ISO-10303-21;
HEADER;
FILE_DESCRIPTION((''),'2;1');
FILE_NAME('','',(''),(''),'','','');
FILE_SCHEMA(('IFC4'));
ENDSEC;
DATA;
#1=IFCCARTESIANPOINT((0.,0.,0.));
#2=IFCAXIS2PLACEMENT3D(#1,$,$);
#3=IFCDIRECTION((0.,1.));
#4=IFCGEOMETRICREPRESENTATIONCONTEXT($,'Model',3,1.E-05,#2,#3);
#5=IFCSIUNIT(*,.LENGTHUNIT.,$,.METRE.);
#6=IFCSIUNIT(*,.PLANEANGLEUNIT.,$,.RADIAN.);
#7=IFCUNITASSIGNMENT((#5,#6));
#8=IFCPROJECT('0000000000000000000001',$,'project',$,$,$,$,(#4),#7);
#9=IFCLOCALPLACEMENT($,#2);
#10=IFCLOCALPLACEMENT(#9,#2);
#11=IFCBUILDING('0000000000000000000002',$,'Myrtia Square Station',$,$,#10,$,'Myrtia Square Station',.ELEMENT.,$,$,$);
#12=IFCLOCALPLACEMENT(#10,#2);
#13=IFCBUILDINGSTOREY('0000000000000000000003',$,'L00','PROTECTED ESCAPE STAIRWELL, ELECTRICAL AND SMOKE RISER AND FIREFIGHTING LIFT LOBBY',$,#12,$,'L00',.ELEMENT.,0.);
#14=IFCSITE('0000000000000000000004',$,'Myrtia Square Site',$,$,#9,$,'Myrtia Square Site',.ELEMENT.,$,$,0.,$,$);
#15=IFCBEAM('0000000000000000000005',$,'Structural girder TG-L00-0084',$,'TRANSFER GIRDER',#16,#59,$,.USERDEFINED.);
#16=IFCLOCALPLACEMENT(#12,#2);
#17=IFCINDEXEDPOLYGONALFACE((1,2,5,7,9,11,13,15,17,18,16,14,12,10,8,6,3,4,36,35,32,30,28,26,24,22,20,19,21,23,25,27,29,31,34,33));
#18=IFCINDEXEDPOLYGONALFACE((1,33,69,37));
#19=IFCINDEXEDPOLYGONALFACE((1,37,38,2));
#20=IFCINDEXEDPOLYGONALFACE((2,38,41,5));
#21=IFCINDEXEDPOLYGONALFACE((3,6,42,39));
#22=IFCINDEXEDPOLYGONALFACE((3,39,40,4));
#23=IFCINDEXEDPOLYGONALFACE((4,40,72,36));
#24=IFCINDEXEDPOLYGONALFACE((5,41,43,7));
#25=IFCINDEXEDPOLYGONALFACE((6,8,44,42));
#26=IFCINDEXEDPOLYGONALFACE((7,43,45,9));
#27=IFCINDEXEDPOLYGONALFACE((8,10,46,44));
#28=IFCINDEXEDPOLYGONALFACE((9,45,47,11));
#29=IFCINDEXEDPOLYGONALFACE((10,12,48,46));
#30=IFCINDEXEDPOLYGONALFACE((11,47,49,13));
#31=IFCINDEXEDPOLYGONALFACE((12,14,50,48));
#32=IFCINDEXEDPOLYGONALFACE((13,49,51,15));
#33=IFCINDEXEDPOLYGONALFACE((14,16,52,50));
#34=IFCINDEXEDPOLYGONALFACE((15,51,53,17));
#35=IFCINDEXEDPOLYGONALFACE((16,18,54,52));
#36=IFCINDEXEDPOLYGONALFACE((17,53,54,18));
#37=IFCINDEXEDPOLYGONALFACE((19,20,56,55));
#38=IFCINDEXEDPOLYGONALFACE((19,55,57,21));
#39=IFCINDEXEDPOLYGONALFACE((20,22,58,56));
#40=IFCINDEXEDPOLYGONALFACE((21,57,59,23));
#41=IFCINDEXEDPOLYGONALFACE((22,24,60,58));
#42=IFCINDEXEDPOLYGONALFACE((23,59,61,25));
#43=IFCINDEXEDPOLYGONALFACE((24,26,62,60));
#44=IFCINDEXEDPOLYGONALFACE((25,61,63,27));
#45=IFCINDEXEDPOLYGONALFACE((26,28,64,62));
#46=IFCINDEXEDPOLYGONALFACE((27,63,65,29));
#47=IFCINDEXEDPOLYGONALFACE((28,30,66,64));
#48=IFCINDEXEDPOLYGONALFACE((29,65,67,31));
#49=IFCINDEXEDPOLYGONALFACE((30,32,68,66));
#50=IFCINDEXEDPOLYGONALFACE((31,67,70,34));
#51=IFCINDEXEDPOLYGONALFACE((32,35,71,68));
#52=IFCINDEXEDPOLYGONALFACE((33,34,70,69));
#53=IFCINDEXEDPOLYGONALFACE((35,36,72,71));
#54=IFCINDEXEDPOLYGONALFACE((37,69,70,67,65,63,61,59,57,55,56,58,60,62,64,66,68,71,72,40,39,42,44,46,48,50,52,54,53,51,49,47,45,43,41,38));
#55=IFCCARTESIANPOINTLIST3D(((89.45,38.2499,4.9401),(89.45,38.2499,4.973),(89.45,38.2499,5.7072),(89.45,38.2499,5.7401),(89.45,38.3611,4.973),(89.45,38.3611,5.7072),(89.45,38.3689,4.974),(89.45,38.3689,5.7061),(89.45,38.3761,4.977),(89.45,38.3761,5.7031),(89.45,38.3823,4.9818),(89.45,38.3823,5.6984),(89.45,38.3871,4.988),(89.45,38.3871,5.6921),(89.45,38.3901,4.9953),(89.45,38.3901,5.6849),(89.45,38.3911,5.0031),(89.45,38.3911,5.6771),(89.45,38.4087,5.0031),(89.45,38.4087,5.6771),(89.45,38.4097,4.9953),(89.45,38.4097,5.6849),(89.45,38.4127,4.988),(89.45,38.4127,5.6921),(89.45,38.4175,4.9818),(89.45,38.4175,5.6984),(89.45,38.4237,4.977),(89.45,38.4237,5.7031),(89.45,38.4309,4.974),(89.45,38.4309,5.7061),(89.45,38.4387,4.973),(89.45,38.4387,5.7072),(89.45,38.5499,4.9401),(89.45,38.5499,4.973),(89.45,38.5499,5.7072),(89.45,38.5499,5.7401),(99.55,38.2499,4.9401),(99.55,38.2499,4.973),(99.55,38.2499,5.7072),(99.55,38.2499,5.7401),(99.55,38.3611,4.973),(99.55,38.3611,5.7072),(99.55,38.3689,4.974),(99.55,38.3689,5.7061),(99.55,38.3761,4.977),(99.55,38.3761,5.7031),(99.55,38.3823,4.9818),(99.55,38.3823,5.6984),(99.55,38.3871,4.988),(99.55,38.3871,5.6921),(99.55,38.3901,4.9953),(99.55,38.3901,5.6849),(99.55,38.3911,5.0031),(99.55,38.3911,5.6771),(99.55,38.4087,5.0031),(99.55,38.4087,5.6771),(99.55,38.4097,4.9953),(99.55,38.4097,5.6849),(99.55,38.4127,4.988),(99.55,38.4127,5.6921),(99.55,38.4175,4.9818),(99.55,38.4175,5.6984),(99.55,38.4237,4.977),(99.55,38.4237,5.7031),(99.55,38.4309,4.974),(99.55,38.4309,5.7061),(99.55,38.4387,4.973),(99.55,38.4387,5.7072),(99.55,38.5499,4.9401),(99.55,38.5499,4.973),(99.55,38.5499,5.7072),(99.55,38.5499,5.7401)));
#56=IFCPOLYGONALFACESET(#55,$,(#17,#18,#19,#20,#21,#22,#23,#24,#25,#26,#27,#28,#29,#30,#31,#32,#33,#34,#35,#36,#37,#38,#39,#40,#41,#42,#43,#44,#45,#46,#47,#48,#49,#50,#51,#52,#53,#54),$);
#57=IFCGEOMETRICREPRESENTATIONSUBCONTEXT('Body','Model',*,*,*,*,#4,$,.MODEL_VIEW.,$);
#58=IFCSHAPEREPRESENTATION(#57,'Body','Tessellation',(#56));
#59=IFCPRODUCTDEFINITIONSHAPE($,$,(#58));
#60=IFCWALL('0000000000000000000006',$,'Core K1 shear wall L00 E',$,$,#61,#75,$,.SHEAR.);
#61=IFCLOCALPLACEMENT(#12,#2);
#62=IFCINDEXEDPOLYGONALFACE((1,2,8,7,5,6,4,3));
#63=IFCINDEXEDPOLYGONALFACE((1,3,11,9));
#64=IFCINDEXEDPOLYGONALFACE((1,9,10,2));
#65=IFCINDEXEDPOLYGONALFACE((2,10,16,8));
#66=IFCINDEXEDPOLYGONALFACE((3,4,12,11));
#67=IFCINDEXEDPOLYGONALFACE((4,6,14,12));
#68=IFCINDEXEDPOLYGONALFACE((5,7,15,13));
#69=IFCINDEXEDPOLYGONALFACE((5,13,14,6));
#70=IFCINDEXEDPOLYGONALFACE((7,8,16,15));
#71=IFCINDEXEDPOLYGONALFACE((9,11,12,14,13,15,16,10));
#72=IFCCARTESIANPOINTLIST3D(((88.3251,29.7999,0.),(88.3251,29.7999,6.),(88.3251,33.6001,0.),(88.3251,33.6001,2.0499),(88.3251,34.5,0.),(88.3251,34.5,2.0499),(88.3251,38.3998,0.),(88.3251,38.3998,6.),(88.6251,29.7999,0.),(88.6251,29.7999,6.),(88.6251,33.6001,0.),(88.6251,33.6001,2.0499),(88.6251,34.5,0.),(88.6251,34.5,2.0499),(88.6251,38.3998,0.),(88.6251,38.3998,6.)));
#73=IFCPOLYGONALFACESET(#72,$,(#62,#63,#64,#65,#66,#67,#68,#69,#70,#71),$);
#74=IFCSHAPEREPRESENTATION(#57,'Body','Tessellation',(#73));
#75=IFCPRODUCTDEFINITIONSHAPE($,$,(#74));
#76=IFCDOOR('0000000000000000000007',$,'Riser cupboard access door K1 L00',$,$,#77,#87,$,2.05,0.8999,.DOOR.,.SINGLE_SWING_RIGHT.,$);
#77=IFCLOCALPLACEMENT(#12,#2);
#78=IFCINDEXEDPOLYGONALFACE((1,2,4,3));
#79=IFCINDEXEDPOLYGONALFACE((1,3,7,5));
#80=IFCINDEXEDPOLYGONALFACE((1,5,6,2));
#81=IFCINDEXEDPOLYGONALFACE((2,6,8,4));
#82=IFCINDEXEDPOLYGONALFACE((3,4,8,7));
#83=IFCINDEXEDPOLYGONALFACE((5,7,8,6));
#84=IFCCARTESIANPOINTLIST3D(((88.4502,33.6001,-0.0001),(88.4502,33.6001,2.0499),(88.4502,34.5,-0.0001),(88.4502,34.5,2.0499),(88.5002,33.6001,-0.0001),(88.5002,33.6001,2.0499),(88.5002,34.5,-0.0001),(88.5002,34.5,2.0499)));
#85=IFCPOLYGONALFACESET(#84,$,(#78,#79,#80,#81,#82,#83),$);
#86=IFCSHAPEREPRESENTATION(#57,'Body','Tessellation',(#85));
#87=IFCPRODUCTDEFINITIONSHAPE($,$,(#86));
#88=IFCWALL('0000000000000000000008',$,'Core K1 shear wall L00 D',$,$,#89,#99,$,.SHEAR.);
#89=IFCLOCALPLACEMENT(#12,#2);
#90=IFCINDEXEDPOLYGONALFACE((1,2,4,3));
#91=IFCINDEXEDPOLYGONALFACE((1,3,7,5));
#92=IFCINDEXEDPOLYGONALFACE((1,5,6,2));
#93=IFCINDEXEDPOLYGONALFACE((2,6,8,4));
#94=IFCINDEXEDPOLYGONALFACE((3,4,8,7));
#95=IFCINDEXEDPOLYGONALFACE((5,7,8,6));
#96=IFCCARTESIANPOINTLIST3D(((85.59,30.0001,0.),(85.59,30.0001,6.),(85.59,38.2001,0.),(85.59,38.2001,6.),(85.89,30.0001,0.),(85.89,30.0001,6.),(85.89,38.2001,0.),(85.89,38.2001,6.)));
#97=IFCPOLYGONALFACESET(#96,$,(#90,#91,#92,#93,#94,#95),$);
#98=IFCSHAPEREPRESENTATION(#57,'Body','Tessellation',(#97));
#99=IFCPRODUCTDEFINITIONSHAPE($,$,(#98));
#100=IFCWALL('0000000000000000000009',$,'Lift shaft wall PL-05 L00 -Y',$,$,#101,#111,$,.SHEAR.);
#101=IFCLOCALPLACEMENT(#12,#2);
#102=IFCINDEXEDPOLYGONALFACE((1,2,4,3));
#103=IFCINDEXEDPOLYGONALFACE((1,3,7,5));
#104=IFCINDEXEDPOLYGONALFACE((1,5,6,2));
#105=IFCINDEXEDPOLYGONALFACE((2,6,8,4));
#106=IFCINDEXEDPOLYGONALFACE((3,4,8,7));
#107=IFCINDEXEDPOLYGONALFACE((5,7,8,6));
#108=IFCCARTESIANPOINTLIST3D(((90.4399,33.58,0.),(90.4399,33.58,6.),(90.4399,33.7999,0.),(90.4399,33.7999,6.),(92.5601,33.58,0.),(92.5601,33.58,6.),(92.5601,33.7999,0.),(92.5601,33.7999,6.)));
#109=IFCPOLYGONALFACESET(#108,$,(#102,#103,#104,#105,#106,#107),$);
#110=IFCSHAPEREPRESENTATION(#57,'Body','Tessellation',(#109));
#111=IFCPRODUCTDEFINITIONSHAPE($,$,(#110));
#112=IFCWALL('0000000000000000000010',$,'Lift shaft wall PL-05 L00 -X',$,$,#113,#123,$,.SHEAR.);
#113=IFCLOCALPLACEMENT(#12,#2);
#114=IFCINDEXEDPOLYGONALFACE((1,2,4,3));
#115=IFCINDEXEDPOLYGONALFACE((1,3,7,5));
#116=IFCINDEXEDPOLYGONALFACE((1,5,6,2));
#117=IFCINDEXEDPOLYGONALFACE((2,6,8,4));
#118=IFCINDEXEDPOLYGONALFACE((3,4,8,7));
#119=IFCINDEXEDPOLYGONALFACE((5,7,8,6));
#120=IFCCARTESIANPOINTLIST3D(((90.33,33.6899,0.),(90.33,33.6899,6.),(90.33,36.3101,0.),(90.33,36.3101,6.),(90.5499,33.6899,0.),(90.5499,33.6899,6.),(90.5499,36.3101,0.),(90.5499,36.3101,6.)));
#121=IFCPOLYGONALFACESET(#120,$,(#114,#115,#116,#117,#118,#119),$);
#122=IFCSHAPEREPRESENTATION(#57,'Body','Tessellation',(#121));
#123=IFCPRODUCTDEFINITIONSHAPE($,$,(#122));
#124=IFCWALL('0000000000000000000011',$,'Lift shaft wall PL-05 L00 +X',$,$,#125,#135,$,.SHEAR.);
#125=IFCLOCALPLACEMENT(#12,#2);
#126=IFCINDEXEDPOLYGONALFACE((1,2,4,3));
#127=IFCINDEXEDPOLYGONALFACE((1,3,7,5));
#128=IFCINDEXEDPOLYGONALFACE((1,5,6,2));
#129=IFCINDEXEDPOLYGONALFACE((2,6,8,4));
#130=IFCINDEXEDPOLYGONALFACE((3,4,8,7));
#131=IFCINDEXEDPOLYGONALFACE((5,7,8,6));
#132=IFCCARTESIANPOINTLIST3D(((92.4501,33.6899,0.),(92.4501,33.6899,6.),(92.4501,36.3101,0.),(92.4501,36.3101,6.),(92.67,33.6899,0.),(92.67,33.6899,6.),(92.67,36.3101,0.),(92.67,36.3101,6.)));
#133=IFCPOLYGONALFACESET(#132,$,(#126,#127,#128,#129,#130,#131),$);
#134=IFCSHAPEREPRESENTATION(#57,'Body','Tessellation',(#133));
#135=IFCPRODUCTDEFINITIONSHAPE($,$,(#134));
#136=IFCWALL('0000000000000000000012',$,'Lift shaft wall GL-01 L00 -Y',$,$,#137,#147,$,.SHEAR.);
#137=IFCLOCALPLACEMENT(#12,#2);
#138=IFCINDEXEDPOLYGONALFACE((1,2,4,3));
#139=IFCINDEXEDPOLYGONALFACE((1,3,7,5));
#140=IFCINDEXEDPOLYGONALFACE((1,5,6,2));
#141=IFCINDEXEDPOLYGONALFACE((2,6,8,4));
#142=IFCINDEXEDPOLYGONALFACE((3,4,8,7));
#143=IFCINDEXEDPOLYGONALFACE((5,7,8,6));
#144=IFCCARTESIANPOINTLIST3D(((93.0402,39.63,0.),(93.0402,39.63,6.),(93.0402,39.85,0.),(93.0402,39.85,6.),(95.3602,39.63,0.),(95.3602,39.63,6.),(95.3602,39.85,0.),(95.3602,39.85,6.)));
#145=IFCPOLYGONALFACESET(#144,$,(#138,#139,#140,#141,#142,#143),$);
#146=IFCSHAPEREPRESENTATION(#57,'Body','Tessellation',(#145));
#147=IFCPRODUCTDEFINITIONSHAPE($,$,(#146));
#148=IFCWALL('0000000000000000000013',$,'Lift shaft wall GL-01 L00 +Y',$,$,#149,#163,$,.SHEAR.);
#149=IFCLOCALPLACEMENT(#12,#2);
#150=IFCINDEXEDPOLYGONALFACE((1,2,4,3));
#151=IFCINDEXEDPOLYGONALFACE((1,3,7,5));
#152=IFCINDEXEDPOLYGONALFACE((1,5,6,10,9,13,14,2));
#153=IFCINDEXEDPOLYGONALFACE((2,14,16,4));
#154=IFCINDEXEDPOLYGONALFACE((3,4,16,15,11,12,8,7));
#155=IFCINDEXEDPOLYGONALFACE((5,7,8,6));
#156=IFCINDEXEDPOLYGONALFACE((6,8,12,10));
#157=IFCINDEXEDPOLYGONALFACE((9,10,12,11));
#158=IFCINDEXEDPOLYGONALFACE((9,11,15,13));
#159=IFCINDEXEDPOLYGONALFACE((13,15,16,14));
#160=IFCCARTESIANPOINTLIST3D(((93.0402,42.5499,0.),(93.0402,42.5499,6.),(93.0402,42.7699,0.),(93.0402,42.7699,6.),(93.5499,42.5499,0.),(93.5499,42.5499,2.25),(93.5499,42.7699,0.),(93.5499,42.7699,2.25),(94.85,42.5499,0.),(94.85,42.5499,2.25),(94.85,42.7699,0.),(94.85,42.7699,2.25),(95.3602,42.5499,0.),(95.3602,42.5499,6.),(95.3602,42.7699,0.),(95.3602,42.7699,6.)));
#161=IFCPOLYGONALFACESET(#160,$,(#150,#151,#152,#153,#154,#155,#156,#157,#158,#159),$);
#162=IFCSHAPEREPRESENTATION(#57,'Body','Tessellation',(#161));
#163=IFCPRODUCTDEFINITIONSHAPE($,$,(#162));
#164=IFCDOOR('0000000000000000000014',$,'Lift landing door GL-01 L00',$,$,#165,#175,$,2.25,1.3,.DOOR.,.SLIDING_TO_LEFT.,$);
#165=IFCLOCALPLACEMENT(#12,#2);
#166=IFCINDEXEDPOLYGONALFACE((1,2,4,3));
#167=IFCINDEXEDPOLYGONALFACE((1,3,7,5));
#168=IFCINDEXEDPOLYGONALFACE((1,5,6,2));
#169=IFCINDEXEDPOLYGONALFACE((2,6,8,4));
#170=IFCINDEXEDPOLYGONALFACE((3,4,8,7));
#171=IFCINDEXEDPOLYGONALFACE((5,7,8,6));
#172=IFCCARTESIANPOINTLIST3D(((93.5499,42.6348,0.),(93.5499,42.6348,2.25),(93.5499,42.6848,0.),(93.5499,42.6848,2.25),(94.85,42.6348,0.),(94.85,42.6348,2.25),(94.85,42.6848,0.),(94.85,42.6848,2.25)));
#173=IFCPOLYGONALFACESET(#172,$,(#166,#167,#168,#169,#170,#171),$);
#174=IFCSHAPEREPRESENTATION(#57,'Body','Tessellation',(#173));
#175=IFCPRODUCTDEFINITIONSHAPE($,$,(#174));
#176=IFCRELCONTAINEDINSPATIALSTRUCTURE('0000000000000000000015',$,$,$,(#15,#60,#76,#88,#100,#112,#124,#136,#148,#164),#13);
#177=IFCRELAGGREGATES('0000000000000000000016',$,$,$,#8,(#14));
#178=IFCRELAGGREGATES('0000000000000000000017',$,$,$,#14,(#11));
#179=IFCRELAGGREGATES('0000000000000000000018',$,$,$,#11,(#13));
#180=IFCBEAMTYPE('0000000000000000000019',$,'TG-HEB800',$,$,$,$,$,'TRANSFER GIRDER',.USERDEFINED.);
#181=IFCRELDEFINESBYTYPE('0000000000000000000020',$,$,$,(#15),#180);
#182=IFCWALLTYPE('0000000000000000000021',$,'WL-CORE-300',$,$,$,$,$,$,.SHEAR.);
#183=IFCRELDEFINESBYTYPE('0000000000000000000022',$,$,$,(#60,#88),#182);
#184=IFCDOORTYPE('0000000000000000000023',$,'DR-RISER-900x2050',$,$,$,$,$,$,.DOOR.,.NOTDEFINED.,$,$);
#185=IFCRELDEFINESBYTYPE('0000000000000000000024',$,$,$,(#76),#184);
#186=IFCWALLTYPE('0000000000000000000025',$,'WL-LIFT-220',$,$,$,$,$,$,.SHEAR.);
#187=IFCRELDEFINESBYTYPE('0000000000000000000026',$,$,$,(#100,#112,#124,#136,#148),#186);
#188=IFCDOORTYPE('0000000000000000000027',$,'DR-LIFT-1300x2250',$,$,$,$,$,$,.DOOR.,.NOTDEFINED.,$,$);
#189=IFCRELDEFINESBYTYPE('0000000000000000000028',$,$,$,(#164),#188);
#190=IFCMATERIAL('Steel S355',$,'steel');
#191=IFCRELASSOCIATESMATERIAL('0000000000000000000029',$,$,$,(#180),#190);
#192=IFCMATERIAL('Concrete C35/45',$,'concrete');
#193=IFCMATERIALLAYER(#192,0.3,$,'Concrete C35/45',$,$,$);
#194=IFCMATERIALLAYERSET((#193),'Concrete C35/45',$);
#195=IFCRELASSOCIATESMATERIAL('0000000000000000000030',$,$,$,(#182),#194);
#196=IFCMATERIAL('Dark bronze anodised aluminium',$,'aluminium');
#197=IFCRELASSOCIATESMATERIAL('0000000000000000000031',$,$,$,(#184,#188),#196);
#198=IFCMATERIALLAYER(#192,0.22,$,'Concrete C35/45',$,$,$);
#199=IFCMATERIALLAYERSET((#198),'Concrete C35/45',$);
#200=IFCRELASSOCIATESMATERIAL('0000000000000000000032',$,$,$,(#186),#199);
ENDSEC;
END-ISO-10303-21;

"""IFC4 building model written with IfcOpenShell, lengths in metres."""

from ifc_helpers import new_model, si_unit, direction, frame, frame_2d, origin, origin_2d, place, context, subcontext, project, spatial, rectangle, i_section, extrude, material, layer, layer_set, material_profile, profile_set, type_object, element, fill, save


model = new_model("IFC4")

# Units and contexts
model_context = context("Model", 3, precision=1e-05, world=origin(), true_north=direction((0.0, 1.0)))
body_context = subcontext(model_context, "Body", "Model", "MODEL_VIEW")
ifc_project = project(units=[si_unit("LENGTHUNIT", "METRE"), si_unit("PLANEANGLEUNIT", "RADIAN")], contexts=[model_context])

# Site, building, storey
site_placement = place(None, origin())
site = spatial("IfcSite", under=ifc_project, at=site_placement, Name="Myrtia Square Site", LongName="Myrtia Square Site", CompositionType="ELEMENT", RefElevation=0.0)
building_placement = place(site_placement, origin())
building = spatial("IfcBuilding", under=site, at=building_placement, Name="Myrtia Square Station", LongName="Myrtia Square Station", CompositionType="ELEMENT")
storey_placement = place(building_placement, origin())
storey = spatial("IfcBuildingStorey", under=building, at=storey_placement, Name="L00", Description="PROTECTED ESCAPE STAIRWELL, ELECTRICAL AND SMOKE RISER AND FIREFIGHTING LIFT LOBBY", LongName="L00", CompositionType="ELEMENT", Elevation=0.0)

# Shared definitions
ifc_material_1 = material(Name="Steel S355", Category="steel")

# Beam
ifc_material_profile_1 = material_profile(ifc_material_1, i_section(OverallWidth=0.3, OverallDepth=0.8, WebThickness=0.0176, FlangeThickness=0.033, FilletRadius=0.03, at=origin_2d()), Name="HEB 800")
ifc_profile_set_1 = profile_set([ifc_material_profile_1], Name="Steel S355")
beam_type_1 = type_object("IfcBeamType", Name="TG-HEB800", ElementType="TRANSFER GIRDER", PredefinedType="USERDEFINED", material=ifc_profile_set_1)
beam_1_placement = place(storey_placement, frame((89.45, 38.3999, 5.3401), z_axis=(1.0, 0.0, 0.0), x_axis=(0.0, 1.0, 0.0)))
element("IfcBeam", 1, at=beam_1_placement, inside=storey, type_object=beam_type_1, Name="Structural girder TG-L00-0084", ObjectType="TRANSFER GIRDER", PredefinedType="USERDEFINED", context=body_context, shape_type="SweptSolid", body=[
    extrude(i_section(OverallWidth=0.3, OverallDepth=0.8, WebThickness=0.0176, FlangeThickness=0.033, FilletRadius=0.03, at=origin_2d()), origin(), (0.0, 0.0, 1.0), 10.1001),
])

# Wall, opening, door
ifc_material_2 = material(Name="Concrete C35/45", Category="concrete")
ifc_layer_1 = layer(ifc_material_2, 0.3, Name="Concrete C35/45")
ifc_layer_set_1 = layer_set([ifc_layer_1], Name="Concrete C35/45")
wall_type_1 = type_object("IfcWallType", Name="WL-CORE-300", PredefinedType="SHEAR", material=ifc_layer_set_1)
wall_1_placement = place(storey_placement, frame((88.4751, 29.8, 0.0), z_axis=(0.0, 0.0, 1.0), x_axis=(0.0, 1.0, 0.0)))
wall_1 = element("IfcWall", 2, at=wall_1_placement, inside=storey, type_object=wall_type_1, Name="Core K1 shear wall L00 E", PredefinedType="SHEAR", context=body_context, shape_type="SweptSolid", body=[
    extrude(rectangle(XDim=8.5999, YDim=0.3, at=frame_2d((4.2998, 0.0))), origin(), (0.0, 0.0, 1.0), 6.0),
])
opening_1_placement = place(wall_1_placement, frame((3.8, 0.0, 0.0)))
opening_1 = element("IfcOpeningElement", 3, at=opening_1_placement, cuts=wall_1, PredefinedType="OPENING", context=body_context, shape_type="SweptSolid", body=[
    extrude(rectangle(XDim=0.8999, YDim=2.05, at=frame_2d((0.45, 1.0249))), frame((0.0, 0.165, 0.0), z_axis=(0.0, -1.0, 0.0), x_axis=(1.0, 0.0, 0.0)), (0.0, 0.0, 1.0), 0.3301),
])
ifc_material_3 = material(Name="Dark bronze anodised aluminium", Category="aluminium")
door_type_1 = type_object("IfcDoorType", Name="DR-RISER-900x2050", OperationType="NOTDEFINED", PredefinedType="DOOR", material=ifc_material_3)
door_1_placement = place(opening_1_placement, origin())
door_1 = element("IfcDoor", 4, at=door_1_placement, inside=storey, type_object=door_type_1, Name="Riser cupboard access door K1 L00", OperationType="SINGLE_SWING_RIGHT", OverallHeight=2.05, OverallWidth=0.8999, PredefinedType="DOOR", context=body_context, shape_type="SweptSolid", body=[
    extrude(rectangle(XDim=0.8999, YDim=2.05, at=frame_2d((0.45, 1.0249))), frame((0.0, 0.0249, 0.0), z_axis=(0.0, -1.0, 0.0), x_axis=(1.0, 0.0, 0.0)), (0.0, 0.0, 1.0), 0.05),
])
fill(opening_1, door_1)

# Walls
wall_2_placement = place(storey_placement, frame((85.74, 30.0, 0.0), z_axis=(0.0, 0.0, 1.0), x_axis=(0.0, 1.0, 0.0)))
element("IfcWall", 5, at=wall_2_placement, inside=storey, type_object=wall_type_1, Name="Core K1 shear wall L00 D", PredefinedType="SHEAR", context=body_context, shape_type="SweptSolid", body=[
    extrude(rectangle(XDim=8.2, YDim=0.3, at=frame_2d((4.1001, 0.0))), origin(), (0.0, 0.0, 1.0), 6.0),
])
ifc_layer_2 = layer(ifc_material_2, 0.22, Name="Concrete C35/45")
ifc_layer_set_2 = layer_set([ifc_layer_2], Name="Concrete C35/45")
wall_type_2 = type_object("IfcWallType", Name="WL-LIFT-220", PredefinedType="SHEAR", material=ifc_layer_set_2)
wall_3_placement = place(storey_placement, frame((90.4399, 33.6899, 0.0), z_axis=(0.0, 0.0, 1.0), x_axis=(1.0, 0.0, 0.0)))
element("IfcWall", 6, at=wall_3_placement, inside=storey, type_object=wall_type_2, Name="Lift shaft wall PL-05 L00 -Y", PredefinedType="SHEAR", context=body_context, shape_type="SweptSolid", body=[
    extrude(rectangle(XDim=2.1201, YDim=0.22, at=frame_2d((1.0601, 0.0))), origin(), (0.0, 0.0, 1.0), 6.0),
])

# Walls
for number, where, z_axis, x_axis, name in (
    (7, (90.4399, 33.6899, 0.0), (0.0, 0.0, 1.0), (0.0, 1.0, 0.0), "Lift shaft wall PL-05 L00 -X"),
    (8, (92.5601, 33.6899, 0.0), (0.0, 0.0, 1.0), (0.0, 1.0, 0.0), "Lift shaft wall PL-05 L00 +X"),
):
    element("IfcWall", number, at=place(storey_placement, frame(where, z_axis=z_axis, x_axis=x_axis)), inside=storey, type_object=wall_type_2, Name=name, PredefinedType="SHEAR", context=body_context, shape_type="SweptSolid", body=[
        extrude(rectangle(XDim=2.6201, YDim=0.22, at=frame_2d((1.3101, 0.0))), origin(), (0.0, 0.0, 1.0), 6.0),
    ])
wall_4_placement = place(storey_placement, frame((93.04, 39.74, 0.0), z_axis=(0.0, 0.0, 1.0), x_axis=(1.0, 0.0, 0.0)))
element("IfcWall", 9, at=wall_4_placement, inside=storey, type_object=wall_type_2, Name="Lift shaft wall GL-01 L00 -Y", PredefinedType="SHEAR", context=body_context, shape_type="SweptSolid", body=[
    extrude(rectangle(XDim=2.3201, YDim=0.22, at=frame_2d((1.1602, 0.0))), origin(), (0.0, 0.0, 1.0), 6.0),
])

# Wall, opening, door
wall_5_placement = place(storey_placement, frame((93.04, 42.6599, 0.0), z_axis=(0.0, 0.0, 1.0), x_axis=(1.0, 0.0, 0.0)))
wall_5 = element("IfcWall", 10, at=wall_5_placement, inside=storey, type_object=wall_type_2, Name="Lift shaft wall GL-01 L00 +Y", PredefinedType="SHEAR", context=body_context, shape_type="SweptSolid", body=[
    extrude(rectangle(XDim=2.3201, YDim=0.22, at=frame_2d((1.1602, 0.0))), origin(), (0.0, 0.0, 1.0), 6.0),
])
opening_2_placement = place(wall_5_placement, frame((0.51, 0.0, 0.0)))
opening_2 = element("IfcOpeningElement", 11, at=opening_2_placement, cuts=wall_5, PredefinedType="OPENING", context=body_context, shape_type="SweptSolid", body=[
    extrude(rectangle(XDim=1.3, YDim=2.25, at=frame_2d((0.6499, 1.125))), frame((0.0, 0.125, 0.0), z_axis=(0.0, -1.0, 0.0), x_axis=(1.0, 0.0, 0.0)), (0.0, 0.0, 1.0), 0.25),
])
door_type_2 = type_object("IfcDoorType", Name="DR-LIFT-1300x2250", OperationType="NOTDEFINED", PredefinedType="DOOR", material=ifc_material_3)
door_2_placement = place(opening_2_placement, origin())
door_2 = element("IfcDoor", 12, at=door_2_placement, inside=storey, type_object=door_type_2, Name="Lift landing door GL-01 L00", OperationType="SLIDING_TO_LEFT", OverallHeight=2.25, OverallWidth=1.3, PredefinedType="DOOR", context=body_context, shape_type="SweptSolid", body=[
    extrude(rectangle(XDim=1.3, YDim=2.25, at=frame_2d((0.6499, 1.125))), frame((0.0, 0.0249, 0.0), z_axis=(0.0, -1.0, 0.0), x_axis=(1.0, 0.0, 0.0)), (0.0, 0.0, 1.0), 0.05),
])
fill(opening_2, door_2)

save(model, "model.ifc")
